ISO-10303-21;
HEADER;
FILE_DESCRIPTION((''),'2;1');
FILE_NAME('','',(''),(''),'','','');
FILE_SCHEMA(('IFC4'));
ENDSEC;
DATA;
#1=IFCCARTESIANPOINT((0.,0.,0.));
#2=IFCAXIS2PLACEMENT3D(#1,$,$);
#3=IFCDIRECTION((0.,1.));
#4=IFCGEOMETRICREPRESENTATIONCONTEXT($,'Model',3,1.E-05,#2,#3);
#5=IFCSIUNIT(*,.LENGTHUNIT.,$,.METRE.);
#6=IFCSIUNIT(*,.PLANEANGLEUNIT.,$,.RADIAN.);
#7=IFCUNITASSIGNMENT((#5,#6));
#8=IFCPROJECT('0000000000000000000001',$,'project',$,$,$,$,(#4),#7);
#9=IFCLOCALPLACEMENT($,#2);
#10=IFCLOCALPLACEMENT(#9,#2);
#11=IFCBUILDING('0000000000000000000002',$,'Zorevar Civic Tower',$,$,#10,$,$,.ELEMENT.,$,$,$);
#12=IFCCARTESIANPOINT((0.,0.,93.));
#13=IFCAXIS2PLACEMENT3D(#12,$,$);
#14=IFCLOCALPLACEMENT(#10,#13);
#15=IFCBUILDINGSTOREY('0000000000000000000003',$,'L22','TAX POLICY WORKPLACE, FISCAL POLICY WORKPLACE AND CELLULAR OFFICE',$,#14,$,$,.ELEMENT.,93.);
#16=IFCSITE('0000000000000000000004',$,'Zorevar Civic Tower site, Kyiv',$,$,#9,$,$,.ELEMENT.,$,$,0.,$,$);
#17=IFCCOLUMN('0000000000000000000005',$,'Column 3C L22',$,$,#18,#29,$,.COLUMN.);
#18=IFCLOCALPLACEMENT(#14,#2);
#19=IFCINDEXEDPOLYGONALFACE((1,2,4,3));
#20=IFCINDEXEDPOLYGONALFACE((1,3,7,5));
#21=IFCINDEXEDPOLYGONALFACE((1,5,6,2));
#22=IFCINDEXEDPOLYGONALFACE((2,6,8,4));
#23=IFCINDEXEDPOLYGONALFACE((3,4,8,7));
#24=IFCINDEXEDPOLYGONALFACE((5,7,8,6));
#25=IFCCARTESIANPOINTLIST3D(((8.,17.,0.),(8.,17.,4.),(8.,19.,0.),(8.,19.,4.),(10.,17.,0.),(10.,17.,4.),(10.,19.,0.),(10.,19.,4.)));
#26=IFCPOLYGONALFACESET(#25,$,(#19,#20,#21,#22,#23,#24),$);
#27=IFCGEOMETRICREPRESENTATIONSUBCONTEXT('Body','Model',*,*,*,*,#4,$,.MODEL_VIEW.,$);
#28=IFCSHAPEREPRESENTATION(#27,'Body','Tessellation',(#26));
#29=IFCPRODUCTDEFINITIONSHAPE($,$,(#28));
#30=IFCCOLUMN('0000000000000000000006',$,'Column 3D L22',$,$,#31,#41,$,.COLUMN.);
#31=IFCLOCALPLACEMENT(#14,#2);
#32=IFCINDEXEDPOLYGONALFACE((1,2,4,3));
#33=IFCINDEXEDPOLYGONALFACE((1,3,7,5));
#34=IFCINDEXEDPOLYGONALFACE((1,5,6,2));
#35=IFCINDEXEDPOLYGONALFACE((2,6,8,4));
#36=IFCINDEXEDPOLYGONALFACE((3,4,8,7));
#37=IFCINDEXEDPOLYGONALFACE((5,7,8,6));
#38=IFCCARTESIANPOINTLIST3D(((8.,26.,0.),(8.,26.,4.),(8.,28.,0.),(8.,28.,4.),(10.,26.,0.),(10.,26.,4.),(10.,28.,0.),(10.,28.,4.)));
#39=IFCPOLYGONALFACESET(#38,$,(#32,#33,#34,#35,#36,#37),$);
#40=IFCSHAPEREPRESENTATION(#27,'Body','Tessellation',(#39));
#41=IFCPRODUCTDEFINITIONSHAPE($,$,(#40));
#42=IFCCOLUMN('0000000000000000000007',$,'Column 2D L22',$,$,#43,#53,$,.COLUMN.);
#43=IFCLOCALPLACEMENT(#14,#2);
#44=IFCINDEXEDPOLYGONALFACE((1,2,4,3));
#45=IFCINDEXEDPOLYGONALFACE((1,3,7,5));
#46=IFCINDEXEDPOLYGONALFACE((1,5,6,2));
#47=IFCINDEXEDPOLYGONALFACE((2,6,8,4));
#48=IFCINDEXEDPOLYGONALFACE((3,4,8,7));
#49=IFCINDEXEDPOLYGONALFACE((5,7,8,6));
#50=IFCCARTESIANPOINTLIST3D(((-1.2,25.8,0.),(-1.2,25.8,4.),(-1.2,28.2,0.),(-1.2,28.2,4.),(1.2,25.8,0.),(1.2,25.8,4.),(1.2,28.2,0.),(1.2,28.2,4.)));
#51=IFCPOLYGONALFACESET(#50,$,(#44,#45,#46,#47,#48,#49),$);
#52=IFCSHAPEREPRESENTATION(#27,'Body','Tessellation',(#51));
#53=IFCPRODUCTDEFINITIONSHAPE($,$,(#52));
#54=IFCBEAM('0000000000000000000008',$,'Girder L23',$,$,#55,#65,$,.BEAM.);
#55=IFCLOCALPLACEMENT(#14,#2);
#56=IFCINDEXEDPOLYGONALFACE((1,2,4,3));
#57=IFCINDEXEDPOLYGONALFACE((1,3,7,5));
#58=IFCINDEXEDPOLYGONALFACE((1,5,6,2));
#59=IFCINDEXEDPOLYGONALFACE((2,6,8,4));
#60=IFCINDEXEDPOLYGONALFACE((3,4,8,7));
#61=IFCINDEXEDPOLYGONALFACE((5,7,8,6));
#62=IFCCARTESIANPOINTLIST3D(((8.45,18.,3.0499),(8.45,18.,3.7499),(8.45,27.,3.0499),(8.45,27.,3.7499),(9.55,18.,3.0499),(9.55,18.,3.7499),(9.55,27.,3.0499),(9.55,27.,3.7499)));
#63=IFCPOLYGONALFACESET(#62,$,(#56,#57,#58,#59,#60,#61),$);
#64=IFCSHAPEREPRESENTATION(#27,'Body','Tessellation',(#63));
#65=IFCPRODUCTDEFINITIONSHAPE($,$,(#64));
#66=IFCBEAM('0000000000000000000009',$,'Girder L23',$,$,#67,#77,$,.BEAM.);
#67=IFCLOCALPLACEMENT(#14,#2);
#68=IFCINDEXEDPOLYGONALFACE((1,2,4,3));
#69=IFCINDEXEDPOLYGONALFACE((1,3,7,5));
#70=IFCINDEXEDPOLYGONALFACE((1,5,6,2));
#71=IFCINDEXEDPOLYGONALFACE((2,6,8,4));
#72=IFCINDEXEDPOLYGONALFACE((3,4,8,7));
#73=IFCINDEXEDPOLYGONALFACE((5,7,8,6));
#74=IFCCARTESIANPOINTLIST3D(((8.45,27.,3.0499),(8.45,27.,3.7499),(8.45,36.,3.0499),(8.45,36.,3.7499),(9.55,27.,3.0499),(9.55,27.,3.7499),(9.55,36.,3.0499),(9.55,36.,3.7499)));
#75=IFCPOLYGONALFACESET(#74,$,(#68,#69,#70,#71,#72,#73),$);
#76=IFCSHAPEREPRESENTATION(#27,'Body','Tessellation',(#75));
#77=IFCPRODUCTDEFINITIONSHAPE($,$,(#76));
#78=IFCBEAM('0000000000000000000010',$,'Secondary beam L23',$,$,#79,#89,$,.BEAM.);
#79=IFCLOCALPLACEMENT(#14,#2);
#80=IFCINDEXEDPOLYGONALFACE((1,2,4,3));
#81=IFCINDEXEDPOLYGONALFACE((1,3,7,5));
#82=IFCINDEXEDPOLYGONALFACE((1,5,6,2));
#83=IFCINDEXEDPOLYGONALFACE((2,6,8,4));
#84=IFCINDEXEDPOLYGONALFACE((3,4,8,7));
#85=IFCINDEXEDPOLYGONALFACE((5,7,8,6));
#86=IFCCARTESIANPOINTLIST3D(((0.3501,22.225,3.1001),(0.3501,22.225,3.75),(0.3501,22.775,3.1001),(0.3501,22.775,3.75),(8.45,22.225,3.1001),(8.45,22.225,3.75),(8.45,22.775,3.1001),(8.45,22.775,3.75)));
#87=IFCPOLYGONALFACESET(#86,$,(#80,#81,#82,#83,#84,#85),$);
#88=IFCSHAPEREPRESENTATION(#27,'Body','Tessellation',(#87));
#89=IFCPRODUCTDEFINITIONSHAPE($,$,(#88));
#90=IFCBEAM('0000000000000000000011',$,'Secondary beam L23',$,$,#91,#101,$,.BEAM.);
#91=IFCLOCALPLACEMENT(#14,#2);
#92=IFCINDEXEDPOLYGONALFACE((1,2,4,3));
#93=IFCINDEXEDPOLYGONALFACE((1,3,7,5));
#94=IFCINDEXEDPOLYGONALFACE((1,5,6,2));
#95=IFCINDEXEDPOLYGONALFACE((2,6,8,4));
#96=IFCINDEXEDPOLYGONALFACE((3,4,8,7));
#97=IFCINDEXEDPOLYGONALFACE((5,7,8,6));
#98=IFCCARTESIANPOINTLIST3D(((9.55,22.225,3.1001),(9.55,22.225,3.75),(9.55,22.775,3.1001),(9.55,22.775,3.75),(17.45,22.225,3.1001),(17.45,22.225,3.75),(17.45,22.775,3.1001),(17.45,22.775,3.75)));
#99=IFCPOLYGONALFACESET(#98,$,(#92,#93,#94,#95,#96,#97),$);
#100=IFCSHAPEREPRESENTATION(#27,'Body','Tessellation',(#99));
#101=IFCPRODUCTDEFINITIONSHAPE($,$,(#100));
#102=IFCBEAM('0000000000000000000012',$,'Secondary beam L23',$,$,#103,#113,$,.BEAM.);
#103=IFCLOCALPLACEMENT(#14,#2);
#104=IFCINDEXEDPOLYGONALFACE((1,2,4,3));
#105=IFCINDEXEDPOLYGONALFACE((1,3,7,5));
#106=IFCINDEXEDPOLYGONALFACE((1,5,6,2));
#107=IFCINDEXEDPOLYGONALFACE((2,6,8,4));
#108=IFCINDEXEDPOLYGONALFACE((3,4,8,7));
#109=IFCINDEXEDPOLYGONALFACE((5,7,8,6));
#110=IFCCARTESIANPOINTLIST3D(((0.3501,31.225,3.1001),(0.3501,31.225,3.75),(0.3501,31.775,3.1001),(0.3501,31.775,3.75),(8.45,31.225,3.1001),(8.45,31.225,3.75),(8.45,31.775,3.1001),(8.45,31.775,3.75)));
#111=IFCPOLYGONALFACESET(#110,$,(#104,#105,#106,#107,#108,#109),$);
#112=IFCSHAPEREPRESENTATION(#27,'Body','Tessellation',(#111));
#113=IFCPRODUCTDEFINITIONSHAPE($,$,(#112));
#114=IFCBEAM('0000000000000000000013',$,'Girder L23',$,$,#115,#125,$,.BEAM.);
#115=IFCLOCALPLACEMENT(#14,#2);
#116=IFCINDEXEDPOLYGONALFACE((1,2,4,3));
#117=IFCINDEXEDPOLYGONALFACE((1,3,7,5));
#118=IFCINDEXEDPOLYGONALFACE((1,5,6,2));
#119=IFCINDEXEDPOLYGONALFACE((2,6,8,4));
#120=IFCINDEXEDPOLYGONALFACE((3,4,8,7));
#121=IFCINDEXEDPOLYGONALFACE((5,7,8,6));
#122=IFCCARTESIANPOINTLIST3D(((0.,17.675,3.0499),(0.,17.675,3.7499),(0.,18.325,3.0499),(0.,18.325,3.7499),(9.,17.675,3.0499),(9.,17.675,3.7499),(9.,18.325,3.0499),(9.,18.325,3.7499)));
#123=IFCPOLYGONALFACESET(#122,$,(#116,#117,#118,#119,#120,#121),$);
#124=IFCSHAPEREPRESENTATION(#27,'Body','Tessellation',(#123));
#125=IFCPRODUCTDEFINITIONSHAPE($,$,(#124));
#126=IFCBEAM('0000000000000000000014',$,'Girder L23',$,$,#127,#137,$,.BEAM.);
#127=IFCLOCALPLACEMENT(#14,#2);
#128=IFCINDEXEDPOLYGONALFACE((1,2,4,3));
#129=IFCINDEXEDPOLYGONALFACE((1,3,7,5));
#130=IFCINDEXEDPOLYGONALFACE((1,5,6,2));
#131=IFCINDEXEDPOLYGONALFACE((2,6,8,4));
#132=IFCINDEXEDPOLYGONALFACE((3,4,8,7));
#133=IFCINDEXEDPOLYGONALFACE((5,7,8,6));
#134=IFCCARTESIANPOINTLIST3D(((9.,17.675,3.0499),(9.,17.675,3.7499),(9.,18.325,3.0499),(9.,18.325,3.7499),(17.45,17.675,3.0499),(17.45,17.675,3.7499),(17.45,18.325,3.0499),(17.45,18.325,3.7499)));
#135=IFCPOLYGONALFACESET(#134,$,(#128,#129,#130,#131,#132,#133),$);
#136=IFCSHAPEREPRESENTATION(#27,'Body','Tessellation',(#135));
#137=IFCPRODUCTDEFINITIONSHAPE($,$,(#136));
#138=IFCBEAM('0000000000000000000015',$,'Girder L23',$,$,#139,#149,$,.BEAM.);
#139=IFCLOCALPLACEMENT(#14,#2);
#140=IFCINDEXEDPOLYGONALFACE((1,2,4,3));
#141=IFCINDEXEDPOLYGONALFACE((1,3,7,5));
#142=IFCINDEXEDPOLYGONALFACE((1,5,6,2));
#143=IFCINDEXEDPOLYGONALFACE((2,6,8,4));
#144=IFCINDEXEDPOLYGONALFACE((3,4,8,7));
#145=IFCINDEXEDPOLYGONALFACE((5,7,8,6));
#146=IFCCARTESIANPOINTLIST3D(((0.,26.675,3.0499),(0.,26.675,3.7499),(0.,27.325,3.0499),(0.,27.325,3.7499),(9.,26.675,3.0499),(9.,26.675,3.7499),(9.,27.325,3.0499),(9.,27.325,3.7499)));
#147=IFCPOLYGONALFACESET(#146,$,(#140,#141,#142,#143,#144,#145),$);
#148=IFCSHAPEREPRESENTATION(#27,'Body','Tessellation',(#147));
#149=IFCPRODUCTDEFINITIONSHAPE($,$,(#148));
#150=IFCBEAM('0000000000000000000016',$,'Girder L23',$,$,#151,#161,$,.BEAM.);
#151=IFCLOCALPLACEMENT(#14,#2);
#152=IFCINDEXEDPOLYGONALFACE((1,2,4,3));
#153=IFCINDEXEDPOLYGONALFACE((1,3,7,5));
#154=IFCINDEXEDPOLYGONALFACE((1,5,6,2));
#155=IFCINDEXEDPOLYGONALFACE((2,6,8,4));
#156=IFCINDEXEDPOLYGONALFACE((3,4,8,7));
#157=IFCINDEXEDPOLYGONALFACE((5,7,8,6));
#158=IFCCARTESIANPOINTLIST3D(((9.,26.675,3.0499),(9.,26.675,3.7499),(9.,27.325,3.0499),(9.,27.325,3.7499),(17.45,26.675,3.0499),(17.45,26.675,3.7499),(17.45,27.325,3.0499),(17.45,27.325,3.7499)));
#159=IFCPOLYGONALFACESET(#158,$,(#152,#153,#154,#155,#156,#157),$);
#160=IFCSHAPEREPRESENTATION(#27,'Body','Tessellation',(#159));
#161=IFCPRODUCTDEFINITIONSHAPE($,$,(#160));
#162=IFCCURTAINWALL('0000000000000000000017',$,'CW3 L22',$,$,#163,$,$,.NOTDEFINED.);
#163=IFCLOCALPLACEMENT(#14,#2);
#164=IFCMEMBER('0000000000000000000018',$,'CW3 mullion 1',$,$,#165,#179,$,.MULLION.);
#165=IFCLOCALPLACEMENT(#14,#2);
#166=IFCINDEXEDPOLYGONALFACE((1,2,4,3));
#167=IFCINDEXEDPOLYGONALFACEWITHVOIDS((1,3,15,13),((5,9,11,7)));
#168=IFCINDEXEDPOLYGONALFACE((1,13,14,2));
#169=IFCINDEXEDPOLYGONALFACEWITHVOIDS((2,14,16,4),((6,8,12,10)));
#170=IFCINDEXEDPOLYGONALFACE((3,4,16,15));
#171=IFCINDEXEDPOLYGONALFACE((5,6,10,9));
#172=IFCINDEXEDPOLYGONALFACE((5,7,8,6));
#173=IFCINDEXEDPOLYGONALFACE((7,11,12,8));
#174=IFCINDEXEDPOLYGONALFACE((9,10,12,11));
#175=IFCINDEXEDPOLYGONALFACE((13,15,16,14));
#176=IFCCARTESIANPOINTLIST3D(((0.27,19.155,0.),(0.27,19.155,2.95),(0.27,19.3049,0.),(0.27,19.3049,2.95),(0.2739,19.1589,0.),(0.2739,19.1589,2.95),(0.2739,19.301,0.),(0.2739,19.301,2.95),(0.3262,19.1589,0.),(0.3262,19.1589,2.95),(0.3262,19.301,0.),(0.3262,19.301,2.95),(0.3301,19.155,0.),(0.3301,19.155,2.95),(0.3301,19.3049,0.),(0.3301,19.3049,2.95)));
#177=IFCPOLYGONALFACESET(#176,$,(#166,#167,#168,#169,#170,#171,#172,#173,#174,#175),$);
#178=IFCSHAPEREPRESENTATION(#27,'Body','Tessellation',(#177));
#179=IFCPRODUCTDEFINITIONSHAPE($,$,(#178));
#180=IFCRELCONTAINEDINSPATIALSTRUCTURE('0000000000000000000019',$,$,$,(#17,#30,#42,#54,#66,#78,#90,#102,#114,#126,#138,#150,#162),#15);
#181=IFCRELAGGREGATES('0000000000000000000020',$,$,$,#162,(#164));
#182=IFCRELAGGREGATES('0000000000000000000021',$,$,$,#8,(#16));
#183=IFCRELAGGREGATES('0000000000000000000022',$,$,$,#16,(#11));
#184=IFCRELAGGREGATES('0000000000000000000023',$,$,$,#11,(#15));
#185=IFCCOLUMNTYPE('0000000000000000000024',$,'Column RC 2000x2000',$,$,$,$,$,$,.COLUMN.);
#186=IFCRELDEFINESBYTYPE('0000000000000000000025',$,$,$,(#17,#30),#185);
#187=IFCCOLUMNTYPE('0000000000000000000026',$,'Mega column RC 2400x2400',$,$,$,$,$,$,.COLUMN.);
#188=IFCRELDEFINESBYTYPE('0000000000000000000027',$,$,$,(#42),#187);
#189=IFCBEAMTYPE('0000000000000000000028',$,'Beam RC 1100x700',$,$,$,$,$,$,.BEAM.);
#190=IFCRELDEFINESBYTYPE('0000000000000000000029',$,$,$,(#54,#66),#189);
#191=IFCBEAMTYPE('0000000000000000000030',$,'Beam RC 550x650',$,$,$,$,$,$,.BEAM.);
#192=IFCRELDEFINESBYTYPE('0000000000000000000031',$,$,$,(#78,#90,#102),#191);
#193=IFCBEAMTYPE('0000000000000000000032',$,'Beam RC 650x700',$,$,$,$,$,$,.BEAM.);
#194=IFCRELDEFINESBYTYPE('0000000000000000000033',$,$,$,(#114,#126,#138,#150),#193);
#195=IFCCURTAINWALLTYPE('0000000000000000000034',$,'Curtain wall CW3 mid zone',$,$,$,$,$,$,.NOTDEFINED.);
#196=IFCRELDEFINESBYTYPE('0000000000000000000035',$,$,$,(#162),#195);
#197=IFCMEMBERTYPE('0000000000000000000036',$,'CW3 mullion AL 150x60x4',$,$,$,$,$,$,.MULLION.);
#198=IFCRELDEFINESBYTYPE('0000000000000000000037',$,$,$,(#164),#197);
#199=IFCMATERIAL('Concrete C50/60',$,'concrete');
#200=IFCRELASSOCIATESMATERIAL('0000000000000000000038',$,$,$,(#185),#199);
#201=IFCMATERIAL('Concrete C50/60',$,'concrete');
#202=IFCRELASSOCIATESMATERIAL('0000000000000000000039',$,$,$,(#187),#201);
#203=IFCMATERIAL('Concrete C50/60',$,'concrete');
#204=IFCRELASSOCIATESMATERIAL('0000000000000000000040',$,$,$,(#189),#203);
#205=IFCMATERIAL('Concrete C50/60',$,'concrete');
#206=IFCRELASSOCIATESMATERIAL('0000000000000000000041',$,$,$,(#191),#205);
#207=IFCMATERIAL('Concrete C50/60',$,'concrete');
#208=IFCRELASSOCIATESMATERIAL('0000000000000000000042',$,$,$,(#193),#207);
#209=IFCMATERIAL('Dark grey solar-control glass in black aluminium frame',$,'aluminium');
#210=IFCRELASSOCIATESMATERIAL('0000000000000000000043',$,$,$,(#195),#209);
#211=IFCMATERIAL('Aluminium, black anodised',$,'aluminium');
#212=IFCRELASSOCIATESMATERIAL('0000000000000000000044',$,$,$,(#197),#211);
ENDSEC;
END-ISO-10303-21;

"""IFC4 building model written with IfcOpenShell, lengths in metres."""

from ifc_helpers import new_model, si_unit, direction, frame, origin, origin_2d, place, context, subcontext, project, spatial, rectangle, hollow_rectangle, extrude, material, material_profile, profile_set, type_object, element, aggregate, save


model = new_model("IFC4")

# Units and contexts
model_context = context("Model", 3, precision=1e-05, world=origin(), true_north=direction((0.0, 1.0)))
body_context = subcontext(model_context, "Body", "Model", "MODEL_VIEW")
ifc_project = project(units=[si_unit("LENGTHUNIT", "METRE"), si_unit("PLANEANGLEUNIT", "RADIAN")], contexts=[model_context])

# Site, building, storey
site_placement = place(None, origin())
site = spatial("IfcSite", under=ifc_project, at=site_placement, Name="Zorevar Civic Tower site, Kyiv", CompositionType="ELEMENT", RefElevation=0.0)
building_placement = place(site_placement, origin())
building = spatial("IfcBuilding", under=site, at=building_placement, Name="Zorevar Civic Tower", CompositionType="ELEMENT")
storey_placement = place(building_placement, frame((0.0, 0.0, 93.0)))
storey = spatial("IfcBuildingStorey", under=building, at=storey_placement, Name="L22", Description="TAX POLICY WORKPLACE, FISCAL POLICY WORKPLACE AND CELLULAR OFFICE", CompositionType="ELEMENT", Elevation=93.0)

# Columns
ifc_material_1 = material(Name="Concrete C50/60", Category="concrete")
ifc_material_profile_1 = material_profile(ifc_material_1, rectangle(XDim=2.0, YDim=2.0, at=origin_2d()), Name="RC 2000x2000")
ifc_profile_set_1 = profile_set([ifc_material_profile_1], Name="Concrete C50/60")
column_type_1 = type_object("IfcColumnType", Name="Column RC 2000x2000", PredefinedType="COLUMN", material=ifc_profile_set_1)
for number, where, z_axis, x_axis, name in (
    (1, (9.0, 18.0, 0.0), (0.0, 0.0, 1.0), (1.0, 0.0, 0.0), "Column 3C L22"),
    (2, (9.0, 27.0, 0.0), (0.0, 0.0, 1.0), (1.0, 0.0, 0.0), "Column 3D L22"),
):
    element("IfcColumn", number, at=place(storey_placement, frame(where, z_axis=z_axis, x_axis=x_axis)), inside=storey, type_object=column_type_1, Name=name, PredefinedType="COLUMN", context=body_context, shape_type="SweptSolid", body=[
        extrude(rectangle(XDim=2.0, YDim=2.0, at=origin_2d()), origin(), (0.0, 0.0, 1.0), 4.0),
    ])
ifc_material_2 = material(Name="Concrete C50/60", Category="concrete")
ifc_material_profile_2 = material_profile(ifc_material_2, rectangle(XDim=2.3999, YDim=2.3999, at=origin_2d()), Name="RC 2400x2400")
ifc_profile_set_2 = profile_set([ifc_material_profile_2], Name="Concrete C50/60")
column_type_2 = type_object("IfcColumnType", Name="Mega column RC 2400x2400", PredefinedType="COLUMN", material=ifc_profile_set_2)
column_placement = place(storey_placement, frame((0.0, 27.0, 0.0), z_axis=(0.0, 0.0, 1.0), x_axis=(1.0, 0.0, 0.0)))
element("IfcColumn", 3, at=column_placement, inside=storey, type_object=column_type_2, Name="Column 2D L22", PredefinedType="COLUMN", context=body_context, shape_type="SweptSolid", body=[
    extrude(rectangle(XDim=2.3999, YDim=2.3999, at=origin_2d()), origin(), (0.0, 0.0, 1.0), 4.0),
])

# Beams
ifc_material_3 = material(Name="Concrete C50/60", Category="concrete")
ifc_material_profile_3 = material_profile(ifc_material_3, rectangle(XDim=1.1001, YDim=0.7, at=origin_2d()), Name="RC 1100x700")
ifc_profile_set_3 = profile_set([ifc_material_profile_3], Name="Concrete C50/60")
beam_type_1 = type_object("IfcBeamType", Name="Beam RC 1100x700", PredefinedType="BEAM", material=ifc_profile_set_3)
for number, where, z_axis, x_axis, name in (
    (4, (9.0, 18.0, 3.3999), (0.0, 1.0, 0.0), (-1.0, 0.0, 0.0), "Girder L23"),
    (5, (9.0, 27.0, 3.3999), (0.0, 1.0, 0.0), (-1.0, 0.0, 0.0), "Girder L23"),
):
    element("IfcBeam", number, at=place(storey_placement, frame(where, z_axis=z_axis, x_axis=x_axis)), inside=storey, type_object=beam_type_1, Name=name, PredefinedType="BEAM", context=body_context, shape_type="SweptSolid", body=[
        extrude(rectangle(XDim=1.1001, YDim=0.7, at=origin_2d()), origin(), (0.0, 0.0, 1.0), 9.0),
    ])
ifc_material_4 = material(Name="Concrete C50/60", Category="concrete")
ifc_material_profile_4 = material_profile(ifc_material_4, rectangle(XDim=0.55, YDim=0.6499, at=origin_2d()), Name="RC 550x650")
ifc_profile_set_4 = profile_set([ifc_material_profile_4], Name="Concrete C50/60")
beam_type_2 = type_object("IfcBeamType", Name="Beam RC 550x650", PredefinedType="BEAM", material=ifc_profile_set_4)
beam_1_placement = place(storey_placement, frame((0.3501, 22.5, 3.425), z_axis=(1.0, 0.0, 0.0), x_axis=(0.0, 1.0, 0.0)))
element("IfcBeam", 6, at=beam_1_placement, inside=storey, type_object=beam_type_2, Name="Secondary beam L23", PredefinedType="BEAM", context=body_context, shape_type="SweptSolid", body=[
    extrude(rectangle(XDim=0.55, YDim=0.6499, at=origin_2d()), origin(), (0.0, 0.0, 1.0), 8.0999),
])
beam_2_placement = place(storey_placement, frame((9.55, 22.5, 3.425), z_axis=(1.0, 0.0, 0.0), x_axis=(0.0, 1.0, 0.0)))
element("IfcBeam", 7, at=beam_2_placement, inside=storey, type_object=beam_type_2, Name="Secondary beam L23", PredefinedType="BEAM", context=body_context, shape_type="SweptSolid", body=[
    extrude(rectangle(XDim=0.55, YDim=0.6499, at=origin_2d()), origin(), (0.0, 0.0, 1.0), 7.8999),
])
beam_3_placement = place(storey_placement, frame((0.3501, 31.5, 3.425), z_axis=(1.0, 0.0, 0.0), x_axis=(0.0, 1.0, 0.0)))
element("IfcBeam", 8, at=beam_3_placement, inside=storey, type_object=beam_type_2, Name="Secondary beam L23", PredefinedType="BEAM", context=body_context, shape_type="SweptSolid", body=[
    extrude(rectangle(XDim=0.55, YDim=0.6499, at=origin_2d()), origin(), (0.0, 0.0, 1.0), 8.0999),
])
ifc_material_5 = material(Name="Concrete C50/60", Category="concrete")
ifc_material_profile_5 = material_profile(ifc_material_5, rectangle(XDim=0.6499, YDim=0.7, at=origin_2d()), Name="RC 650x700")
ifc_profile_set_5 = profile_set([ifc_material_profile_5], Name="Concrete C50/60")
beam_type_3 = type_object("IfcBeamType", Name="Beam RC 650x700", PredefinedType="BEAM", material=ifc_profile_set_5)
beam_4_placement = place(storey_placement, frame((0.0, 18.0, 3.3999), z_axis=(1.0, 0.0, 0.0), x_axis=(0.0, 1.0, 0.0)))
element("IfcBeam", 9, at=beam_4_placement, inside=storey, type_object=beam_type_3, Name="Girder L23", PredefinedType="BEAM", context=body_context, shape_type="SweptSolid", body=[
    extrude(rectangle(XDim=0.6499, YDim=0.7, at=origin_2d()), origin(), (0.0, 0.0, 1.0), 9.0),
])
beam_5_placement = place(storey_placement, frame((9.0, 18.0, 3.3999), z_axis=(1.0, 0.0, 0.0), x_axis=(0.0, 1.0, 0.0)))
element("IfcBeam", 10, at=beam_5_placement, inside=storey, type_object=beam_type_3, Name="Girder L23", PredefinedType="BEAM", context=body_context, shape_type="SweptSolid", body=[
    extrude(rectangle(XDim=0.6499, YDim=0.7, at=origin_2d()), origin(), (0.0, 0.0, 1.0), 8.45),
])
beam_6_placement = place(storey_placement, frame((0.0, 27.0, 3.3999), z_axis=(1.0, 0.0, 0.0), x_axis=(0.0, 1.0, 0.0)))
element("IfcBeam", 11, at=beam_6_placement, inside=storey, type_object=beam_type_3, Name="Girder L23", PredefinedType="BEAM", context=body_context, shape_type="SweptSolid", body=[
    extrude(rectangle(XDim=0.6499, YDim=0.7, at=origin_2d()), origin(), (0.0, 0.0, 1.0), 9.0),
])
beam_7_placement = place(storey_placement, frame((9.0, 27.0, 3.3999), z_axis=(1.0, 0.0, 0.0), x_axis=(0.0, 1.0, 0.0)))
element("IfcBeam", 12, at=beam_7_placement, inside=storey, type_object=beam_type_3, Name="Girder L23", PredefinedType="BEAM", context=body_context, shape_type="SweptSolid", body=[
    extrude(rectangle(XDim=0.6499, YDim=0.7, at=origin_2d()), origin(), (0.0, 0.0, 1.0), 8.45),
])

# Curtain wall, member
ifc_material_6 = material(Name="Dark grey solar-control glass in black aluminium frame", Category="aluminium")
curtain_wall_type = type_object("IfcCurtainWallType", Name="Curtain wall CW3 mid zone", PredefinedType="NOTDEFINED", material=ifc_material_6)
curtain_wall_1_placement = place(storey_placement, origin())
curtain_wall_1 = element("IfcCurtainWall", 13, at=curtain_wall_1_placement, inside=storey, type_object=curtain_wall_type, Name="CW3 L22", PredefinedType="NOTDEFINED")
ifc_material_7 = material(Name="Aluminium, black anodised", Category="aluminium")
ifc_material_profile_6 = material_profile(ifc_material_7, hollow_rectangle(XDim=0.0601, YDim=0.1499, WallThickness=0.0039, at=origin_2d()), Name="AL 150x60x4")
ifc_profile_set_6 = profile_set([ifc_material_profile_6], Name="Aluminium, black anodised")
member_type_1 = type_object("IfcMemberType", Name="CW3 mullion AL 150x60x4", PredefinedType="MULLION", material=ifc_profile_set_6)
member_1_placement = place(storey_placement, frame((0.3, 19.23, 0.0), z_axis=(0.0, 0.0, 1.0), x_axis=(-1.0, 0.0, 0.0)))
member_1 = element("IfcMember", 14, at=member_1_placement, type_object=member_type_1, Name="CW3 mullion 1", PredefinedType="MULLION", context=body_context, shape_type="SweptSolid", body=[
    extrude(hollow_rectangle(XDim=0.0601, YDim=0.1499, WallThickness=0.0039, at=origin_2d()), origin(), (0.0, 0.0, 1.0), 2.95),
])

aggregate(curtain_wall_1, [member_1])

save(model, "model.ifc")
